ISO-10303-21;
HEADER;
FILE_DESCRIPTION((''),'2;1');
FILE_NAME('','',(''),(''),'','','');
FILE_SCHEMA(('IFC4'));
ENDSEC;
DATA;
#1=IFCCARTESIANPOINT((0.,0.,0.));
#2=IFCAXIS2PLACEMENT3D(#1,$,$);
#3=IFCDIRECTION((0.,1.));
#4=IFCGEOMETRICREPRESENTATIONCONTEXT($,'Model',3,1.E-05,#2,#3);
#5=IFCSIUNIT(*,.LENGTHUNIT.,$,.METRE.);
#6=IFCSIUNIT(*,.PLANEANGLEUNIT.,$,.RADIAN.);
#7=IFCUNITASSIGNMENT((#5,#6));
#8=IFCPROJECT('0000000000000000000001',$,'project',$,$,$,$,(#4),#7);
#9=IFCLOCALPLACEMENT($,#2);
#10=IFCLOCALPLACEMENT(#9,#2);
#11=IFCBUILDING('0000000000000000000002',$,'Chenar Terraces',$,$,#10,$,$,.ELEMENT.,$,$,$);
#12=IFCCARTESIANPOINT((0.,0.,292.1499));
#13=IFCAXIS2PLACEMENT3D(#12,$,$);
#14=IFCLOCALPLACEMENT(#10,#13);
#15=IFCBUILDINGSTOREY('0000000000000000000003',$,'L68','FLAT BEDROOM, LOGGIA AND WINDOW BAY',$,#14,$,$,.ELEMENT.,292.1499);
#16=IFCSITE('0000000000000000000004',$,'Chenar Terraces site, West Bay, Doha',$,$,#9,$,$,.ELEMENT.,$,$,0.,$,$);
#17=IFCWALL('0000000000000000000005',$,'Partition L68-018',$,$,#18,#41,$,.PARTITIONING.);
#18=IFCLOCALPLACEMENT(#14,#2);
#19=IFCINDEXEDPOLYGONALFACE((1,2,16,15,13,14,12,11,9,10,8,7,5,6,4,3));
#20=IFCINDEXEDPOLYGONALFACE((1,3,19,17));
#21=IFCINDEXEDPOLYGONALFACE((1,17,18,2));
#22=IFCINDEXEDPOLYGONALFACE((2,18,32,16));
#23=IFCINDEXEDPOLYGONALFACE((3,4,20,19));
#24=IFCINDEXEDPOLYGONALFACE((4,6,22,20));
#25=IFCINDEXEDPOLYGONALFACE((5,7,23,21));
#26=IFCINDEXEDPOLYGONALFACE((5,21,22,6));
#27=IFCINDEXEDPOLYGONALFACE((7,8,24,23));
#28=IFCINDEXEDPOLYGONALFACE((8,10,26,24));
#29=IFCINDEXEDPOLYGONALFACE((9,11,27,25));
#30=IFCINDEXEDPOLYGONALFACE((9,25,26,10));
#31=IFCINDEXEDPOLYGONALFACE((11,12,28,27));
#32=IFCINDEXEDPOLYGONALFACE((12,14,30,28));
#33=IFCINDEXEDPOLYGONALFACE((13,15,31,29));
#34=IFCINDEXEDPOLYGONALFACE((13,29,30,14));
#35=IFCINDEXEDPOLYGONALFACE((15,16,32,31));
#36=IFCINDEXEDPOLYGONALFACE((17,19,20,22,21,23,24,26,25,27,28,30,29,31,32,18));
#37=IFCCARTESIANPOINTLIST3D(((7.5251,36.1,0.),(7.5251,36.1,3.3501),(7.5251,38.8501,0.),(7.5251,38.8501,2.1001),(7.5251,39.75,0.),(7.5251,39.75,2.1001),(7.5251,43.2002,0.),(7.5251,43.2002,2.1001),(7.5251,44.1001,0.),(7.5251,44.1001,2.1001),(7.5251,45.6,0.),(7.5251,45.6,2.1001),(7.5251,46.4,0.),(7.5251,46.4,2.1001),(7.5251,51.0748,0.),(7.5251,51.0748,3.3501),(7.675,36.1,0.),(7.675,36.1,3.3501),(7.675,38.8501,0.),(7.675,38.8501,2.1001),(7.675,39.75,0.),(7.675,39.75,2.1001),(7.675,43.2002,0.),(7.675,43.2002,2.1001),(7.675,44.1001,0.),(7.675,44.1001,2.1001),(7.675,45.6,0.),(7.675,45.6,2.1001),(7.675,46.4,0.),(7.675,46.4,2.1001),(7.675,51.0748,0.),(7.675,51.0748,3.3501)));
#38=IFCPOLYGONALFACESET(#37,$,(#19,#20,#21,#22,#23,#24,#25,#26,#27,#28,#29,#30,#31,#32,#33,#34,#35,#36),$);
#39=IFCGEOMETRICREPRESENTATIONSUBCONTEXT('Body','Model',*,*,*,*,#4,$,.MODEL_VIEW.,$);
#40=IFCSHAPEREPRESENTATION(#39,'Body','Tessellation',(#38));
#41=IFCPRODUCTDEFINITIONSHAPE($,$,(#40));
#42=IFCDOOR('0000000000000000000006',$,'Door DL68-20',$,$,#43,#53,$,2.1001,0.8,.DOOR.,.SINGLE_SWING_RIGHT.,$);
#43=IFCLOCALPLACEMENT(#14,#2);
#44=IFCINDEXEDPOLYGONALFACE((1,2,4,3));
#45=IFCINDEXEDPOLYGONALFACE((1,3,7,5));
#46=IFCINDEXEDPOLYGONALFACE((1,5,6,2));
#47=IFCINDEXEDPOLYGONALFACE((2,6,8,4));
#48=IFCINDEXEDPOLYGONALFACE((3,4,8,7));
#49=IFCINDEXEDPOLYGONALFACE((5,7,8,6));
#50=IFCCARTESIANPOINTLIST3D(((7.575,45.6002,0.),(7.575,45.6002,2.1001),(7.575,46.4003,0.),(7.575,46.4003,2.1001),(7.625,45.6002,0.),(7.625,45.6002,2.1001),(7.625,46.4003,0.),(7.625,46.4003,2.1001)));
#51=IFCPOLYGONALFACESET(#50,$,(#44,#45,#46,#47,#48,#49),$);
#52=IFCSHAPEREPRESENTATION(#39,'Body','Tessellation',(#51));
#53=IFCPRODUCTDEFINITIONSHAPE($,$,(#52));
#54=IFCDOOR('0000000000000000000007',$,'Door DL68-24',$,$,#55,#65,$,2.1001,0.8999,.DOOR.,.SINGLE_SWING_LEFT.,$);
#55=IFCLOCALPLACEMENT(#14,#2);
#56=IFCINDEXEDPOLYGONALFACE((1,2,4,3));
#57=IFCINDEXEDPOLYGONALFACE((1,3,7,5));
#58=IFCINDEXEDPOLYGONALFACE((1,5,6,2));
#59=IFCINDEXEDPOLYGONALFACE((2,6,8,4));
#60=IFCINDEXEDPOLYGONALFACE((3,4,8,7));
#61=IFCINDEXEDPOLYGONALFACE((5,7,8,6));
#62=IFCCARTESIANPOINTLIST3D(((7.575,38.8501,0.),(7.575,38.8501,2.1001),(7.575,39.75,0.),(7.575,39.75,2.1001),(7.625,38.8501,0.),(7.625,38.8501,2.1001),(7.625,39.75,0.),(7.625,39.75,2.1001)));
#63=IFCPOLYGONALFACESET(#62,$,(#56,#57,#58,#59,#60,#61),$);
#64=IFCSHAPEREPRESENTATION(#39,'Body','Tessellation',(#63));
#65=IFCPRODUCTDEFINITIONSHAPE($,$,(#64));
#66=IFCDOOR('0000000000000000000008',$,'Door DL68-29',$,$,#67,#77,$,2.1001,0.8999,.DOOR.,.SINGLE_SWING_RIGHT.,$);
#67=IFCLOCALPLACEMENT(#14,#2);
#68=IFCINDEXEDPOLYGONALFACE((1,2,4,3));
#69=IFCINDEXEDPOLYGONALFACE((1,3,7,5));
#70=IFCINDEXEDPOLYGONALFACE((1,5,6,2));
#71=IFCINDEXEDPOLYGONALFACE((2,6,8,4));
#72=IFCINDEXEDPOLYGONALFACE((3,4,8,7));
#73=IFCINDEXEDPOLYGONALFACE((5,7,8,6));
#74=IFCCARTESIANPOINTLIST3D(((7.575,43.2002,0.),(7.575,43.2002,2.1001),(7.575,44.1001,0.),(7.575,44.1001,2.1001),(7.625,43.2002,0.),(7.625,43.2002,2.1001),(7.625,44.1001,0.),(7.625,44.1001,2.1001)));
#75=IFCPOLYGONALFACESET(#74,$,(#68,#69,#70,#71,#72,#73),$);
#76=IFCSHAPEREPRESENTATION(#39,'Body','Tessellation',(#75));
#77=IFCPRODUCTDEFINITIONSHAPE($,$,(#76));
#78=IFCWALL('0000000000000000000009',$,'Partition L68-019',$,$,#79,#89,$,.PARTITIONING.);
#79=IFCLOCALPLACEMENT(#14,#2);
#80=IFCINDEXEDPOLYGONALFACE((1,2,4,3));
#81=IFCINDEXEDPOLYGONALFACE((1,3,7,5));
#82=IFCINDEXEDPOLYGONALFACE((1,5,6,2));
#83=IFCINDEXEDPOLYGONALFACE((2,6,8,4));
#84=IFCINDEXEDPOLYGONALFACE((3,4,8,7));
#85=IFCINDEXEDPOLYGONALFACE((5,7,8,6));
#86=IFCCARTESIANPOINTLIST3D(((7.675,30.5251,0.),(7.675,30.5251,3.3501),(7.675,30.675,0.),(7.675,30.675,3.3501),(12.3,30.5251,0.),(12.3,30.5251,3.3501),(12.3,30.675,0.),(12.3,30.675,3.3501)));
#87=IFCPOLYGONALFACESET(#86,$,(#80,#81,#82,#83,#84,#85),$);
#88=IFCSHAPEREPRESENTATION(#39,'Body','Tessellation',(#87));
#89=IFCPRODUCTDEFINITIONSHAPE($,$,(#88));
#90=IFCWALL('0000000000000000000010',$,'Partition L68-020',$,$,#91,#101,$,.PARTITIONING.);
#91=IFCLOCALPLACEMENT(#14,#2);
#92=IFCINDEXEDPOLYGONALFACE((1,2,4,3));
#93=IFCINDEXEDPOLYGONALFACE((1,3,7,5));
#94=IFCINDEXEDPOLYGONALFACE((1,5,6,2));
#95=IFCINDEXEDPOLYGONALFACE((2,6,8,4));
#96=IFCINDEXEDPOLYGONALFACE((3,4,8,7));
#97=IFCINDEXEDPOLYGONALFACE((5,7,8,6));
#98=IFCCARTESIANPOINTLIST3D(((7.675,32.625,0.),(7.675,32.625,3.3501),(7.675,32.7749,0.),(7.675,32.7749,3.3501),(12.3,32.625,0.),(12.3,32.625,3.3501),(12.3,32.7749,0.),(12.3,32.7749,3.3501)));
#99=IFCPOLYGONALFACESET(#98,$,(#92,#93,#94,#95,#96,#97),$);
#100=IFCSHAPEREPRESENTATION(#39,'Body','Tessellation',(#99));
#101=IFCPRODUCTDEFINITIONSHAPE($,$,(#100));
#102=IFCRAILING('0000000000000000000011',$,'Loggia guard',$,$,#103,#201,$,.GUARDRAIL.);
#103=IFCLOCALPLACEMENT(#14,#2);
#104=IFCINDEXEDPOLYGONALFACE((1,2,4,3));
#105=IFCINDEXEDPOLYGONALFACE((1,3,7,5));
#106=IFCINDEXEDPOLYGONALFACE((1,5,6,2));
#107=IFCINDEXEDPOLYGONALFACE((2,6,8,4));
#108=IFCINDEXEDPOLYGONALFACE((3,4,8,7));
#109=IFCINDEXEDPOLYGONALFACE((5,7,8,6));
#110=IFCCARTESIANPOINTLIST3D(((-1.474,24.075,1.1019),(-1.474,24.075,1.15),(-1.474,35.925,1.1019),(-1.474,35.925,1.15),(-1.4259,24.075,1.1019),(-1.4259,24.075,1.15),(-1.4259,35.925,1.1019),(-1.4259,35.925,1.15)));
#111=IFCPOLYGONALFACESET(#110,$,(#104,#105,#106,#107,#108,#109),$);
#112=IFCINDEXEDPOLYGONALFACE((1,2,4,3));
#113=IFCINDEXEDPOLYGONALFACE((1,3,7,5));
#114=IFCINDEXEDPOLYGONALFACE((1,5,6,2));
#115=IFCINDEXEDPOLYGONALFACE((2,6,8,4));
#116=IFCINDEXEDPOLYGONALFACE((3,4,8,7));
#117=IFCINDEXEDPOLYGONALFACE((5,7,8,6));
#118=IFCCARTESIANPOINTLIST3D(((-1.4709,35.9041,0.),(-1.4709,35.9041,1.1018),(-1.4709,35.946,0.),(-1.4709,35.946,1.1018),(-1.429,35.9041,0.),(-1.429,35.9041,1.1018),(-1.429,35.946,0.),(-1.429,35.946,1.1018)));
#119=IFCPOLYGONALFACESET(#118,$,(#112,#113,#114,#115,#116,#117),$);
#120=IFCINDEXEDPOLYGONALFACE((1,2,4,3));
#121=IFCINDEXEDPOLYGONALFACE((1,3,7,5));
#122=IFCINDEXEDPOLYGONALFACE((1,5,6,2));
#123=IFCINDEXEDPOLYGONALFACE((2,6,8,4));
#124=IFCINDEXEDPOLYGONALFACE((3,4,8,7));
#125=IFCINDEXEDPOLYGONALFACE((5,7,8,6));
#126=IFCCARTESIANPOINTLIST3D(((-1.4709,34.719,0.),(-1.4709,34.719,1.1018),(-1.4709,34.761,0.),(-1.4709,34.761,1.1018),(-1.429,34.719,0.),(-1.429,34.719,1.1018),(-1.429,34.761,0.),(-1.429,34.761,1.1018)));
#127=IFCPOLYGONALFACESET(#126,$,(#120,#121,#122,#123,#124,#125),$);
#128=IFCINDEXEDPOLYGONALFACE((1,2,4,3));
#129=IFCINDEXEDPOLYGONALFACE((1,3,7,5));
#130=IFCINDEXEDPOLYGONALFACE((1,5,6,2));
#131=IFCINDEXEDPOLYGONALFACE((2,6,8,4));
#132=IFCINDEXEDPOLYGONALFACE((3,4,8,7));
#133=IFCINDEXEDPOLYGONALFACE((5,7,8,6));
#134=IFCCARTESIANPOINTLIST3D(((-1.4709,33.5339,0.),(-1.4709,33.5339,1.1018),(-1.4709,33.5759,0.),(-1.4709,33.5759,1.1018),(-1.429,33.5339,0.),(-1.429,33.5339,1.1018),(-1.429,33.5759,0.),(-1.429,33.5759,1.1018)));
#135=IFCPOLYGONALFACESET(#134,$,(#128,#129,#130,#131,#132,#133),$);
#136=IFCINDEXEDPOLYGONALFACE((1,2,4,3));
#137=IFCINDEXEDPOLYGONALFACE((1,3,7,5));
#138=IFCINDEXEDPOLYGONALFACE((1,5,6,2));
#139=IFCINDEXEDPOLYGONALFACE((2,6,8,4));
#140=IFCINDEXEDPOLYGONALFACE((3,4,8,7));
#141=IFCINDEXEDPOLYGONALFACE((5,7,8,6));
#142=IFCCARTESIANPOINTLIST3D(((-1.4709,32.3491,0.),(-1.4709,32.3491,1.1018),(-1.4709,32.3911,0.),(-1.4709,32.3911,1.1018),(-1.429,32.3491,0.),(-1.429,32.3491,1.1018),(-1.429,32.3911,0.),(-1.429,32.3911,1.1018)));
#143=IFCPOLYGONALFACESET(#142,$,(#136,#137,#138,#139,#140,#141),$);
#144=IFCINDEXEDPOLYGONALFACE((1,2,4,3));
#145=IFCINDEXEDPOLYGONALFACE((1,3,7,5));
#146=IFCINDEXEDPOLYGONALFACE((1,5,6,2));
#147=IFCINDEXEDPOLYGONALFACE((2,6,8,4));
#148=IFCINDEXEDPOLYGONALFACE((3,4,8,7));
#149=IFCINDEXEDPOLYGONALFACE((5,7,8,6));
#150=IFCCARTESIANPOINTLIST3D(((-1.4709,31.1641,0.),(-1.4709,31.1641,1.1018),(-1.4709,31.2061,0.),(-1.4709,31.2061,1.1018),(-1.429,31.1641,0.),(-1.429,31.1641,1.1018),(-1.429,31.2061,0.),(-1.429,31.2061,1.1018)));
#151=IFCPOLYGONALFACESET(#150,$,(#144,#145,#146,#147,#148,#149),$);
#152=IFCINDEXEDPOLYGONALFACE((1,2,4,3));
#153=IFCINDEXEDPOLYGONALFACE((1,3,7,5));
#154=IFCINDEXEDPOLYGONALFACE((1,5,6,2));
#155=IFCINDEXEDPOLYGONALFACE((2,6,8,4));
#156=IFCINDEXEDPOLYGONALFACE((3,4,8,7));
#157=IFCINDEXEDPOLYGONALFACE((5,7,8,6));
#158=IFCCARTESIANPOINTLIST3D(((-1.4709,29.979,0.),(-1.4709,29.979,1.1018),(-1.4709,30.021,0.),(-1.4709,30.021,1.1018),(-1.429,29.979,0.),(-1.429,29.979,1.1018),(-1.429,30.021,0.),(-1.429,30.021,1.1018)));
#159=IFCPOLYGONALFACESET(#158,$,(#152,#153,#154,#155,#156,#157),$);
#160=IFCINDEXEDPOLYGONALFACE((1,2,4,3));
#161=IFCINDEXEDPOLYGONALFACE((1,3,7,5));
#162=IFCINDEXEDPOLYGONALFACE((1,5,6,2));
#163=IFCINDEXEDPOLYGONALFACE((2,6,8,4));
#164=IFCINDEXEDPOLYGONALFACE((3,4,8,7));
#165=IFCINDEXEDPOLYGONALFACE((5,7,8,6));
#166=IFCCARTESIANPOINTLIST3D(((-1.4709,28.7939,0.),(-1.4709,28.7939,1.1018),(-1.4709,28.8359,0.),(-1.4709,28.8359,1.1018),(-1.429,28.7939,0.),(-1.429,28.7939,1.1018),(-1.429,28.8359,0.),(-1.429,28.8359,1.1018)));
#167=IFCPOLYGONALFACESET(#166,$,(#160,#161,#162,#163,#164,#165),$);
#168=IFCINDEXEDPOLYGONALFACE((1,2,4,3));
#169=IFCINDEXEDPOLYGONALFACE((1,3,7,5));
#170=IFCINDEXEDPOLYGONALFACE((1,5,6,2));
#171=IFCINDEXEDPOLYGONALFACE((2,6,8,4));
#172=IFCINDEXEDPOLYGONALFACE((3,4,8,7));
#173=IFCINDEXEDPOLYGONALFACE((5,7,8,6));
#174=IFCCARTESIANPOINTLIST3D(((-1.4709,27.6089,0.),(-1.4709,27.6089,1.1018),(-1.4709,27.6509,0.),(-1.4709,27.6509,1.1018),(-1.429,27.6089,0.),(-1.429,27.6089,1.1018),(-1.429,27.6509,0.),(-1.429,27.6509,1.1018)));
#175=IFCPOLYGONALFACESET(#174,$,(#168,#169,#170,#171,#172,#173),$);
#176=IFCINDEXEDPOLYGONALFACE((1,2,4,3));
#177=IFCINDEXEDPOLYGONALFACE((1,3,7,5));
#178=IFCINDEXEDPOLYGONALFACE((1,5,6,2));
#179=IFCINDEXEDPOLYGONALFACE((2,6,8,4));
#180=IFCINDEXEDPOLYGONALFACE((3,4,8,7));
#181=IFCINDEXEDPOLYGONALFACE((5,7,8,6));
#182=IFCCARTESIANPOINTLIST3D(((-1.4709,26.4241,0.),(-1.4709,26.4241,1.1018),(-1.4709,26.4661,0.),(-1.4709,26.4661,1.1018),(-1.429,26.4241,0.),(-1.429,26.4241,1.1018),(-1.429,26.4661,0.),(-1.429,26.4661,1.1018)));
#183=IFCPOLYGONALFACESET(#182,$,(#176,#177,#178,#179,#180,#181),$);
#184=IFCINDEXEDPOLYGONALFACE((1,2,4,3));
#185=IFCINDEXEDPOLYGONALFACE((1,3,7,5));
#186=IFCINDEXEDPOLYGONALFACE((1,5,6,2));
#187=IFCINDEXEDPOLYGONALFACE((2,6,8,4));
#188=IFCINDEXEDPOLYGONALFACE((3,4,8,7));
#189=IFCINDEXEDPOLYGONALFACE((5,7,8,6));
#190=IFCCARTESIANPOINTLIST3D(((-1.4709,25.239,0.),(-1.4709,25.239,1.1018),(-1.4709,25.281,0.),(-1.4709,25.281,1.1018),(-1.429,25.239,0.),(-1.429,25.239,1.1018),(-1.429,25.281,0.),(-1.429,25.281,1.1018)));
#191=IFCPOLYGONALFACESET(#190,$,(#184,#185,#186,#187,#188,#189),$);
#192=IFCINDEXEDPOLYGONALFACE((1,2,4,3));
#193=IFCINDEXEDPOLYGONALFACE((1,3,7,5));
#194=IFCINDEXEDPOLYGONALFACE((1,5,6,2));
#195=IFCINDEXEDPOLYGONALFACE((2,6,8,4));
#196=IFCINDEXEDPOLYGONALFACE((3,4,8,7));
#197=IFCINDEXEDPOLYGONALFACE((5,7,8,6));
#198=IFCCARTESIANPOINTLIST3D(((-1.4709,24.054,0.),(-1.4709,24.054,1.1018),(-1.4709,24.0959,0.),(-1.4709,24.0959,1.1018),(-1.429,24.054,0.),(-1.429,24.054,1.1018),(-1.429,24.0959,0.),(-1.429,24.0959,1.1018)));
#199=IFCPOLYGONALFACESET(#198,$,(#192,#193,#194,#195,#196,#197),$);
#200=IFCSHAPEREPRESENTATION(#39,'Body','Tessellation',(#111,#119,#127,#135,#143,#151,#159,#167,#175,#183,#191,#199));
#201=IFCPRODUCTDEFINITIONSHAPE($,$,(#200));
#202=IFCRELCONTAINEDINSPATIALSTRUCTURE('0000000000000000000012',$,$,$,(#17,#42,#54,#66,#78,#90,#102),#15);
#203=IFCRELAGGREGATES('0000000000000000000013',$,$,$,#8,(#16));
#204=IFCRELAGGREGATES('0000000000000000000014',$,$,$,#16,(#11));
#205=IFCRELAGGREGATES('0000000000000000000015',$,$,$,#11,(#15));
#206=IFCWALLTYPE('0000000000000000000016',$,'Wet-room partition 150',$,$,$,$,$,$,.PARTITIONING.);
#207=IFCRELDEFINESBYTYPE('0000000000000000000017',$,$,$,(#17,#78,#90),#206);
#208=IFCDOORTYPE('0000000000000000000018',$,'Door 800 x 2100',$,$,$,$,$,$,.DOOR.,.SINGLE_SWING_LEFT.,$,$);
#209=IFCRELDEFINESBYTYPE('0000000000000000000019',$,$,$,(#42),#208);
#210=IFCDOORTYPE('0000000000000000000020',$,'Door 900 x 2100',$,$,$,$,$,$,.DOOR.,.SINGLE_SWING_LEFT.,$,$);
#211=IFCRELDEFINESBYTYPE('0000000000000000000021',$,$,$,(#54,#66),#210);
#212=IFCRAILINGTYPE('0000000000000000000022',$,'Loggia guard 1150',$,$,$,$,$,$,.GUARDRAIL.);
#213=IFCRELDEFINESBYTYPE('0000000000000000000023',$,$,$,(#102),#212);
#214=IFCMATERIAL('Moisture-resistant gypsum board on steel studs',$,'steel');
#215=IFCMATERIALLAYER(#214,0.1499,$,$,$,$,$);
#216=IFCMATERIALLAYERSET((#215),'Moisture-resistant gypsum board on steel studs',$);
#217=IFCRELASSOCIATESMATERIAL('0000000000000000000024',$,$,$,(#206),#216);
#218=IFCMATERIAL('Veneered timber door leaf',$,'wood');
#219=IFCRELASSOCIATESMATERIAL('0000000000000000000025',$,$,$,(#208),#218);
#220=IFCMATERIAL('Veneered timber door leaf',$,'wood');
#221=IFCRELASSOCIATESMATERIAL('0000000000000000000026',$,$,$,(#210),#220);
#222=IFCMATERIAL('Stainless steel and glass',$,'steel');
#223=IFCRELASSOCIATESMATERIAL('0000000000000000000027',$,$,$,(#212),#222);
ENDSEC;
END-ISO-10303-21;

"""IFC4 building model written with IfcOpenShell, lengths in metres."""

from ifc_helpers import new_model, si_unit, direction, frame, frame_2d, origin, origin_2d, place, context, subcontext, project, spatial, rectangle, extrude, material, layer, layer_set, type_object, element, fill, save


model = new_model("IFC4")

# Units and contexts
model_context = context("Model", 3, precision=1e-05, world=origin(), true_north=direction((0.0, 1.0)))
body_context = subcontext(model_context, "Body", "Model", "MODEL_VIEW")
ifc_project = project(units=[si_unit("LENGTHUNIT", "METRE"), si_unit("PLANEANGLEUNIT", "RADIAN")], contexts=[model_context])

# Site, building, storey
site_placement = place(None, origin())
site = spatial("IfcSite", under=ifc_project, at=site_placement, Name="Chenar Terraces site, West Bay, Doha", CompositionType="ELEMENT", RefElevation=0.0)
building_placement = place(site_placement, origin())
building = spatial("IfcBuilding", under=site, at=building_placement, Name="Chenar Terraces", CompositionType="ELEMENT")
storey_placement = place(building_placement, frame((0.0, 0.0, 292.1499)))
storey = spatial("IfcBuildingStorey", under=building, at=storey_placement, Name="L68", Description="FLAT BEDROOM, LOGGIA AND WINDOW BAY", CompositionType="ELEMENT", Elevation=292.1499)

# Shared definitions
ifc_material_1 = material(Name="Moisture-resistant gypsum board on steel studs", Category="steel")
ifc_layer_1 = layer(ifc_material_1, 0.1499)
ifc_layer_set_1 = layer_set([ifc_layer_1], Name="Moisture-resistant gypsum board on steel studs")
wall_type_1 = type_object("IfcWallType", Name="Wet-room partition 150", PredefinedType="PARTITIONING", material=ifc_layer_set_1)

# Shared definitions
ifc_material_2 = material(Name="Veneered timber door leaf", Category="wood")
door_type_1 = type_object("IfcDoorType", Name="Door 800 x 2100", OperationType="SINGLE_SWING_LEFT", PredefinedType="DOOR", material=ifc_material_2)

# Shared definitions
ifc_material_3 = material(Name="Veneered timber door leaf", Category="wood")
door_type_2 = type_object("IfcDoorType", Name="Door 900 x 2100", OperationType="SINGLE_SWING_LEFT", PredefinedType="DOOR", material=ifc_material_3)

# Wall, openings, doors
wall_1_placement = place(storey_placement, frame((7.6001, 36.1001, 0.0), z_axis=(0.0, 0.0, 1.0), x_axis=(0.0, 1.0, 0.0)))
wall_1 = element("IfcWall", 1, at=wall_1_placement, inside=storey, type_object=wall_type_1, Name="Partition L68-018", PredefinedType="PARTITIONING", context=body_context, shape_type="SweptSolid", body=[
    extrude(rectangle(XDim=14.9749, YDim=0.1499, at=frame_2d((7.4873, 0.0))), origin(), (0.0, 0.0, 1.0), 3.3501),
])
opening_1_placement = place(wall_1_placement, frame((9.5, 0.0, 0.0)))
opening_1 = element("IfcOpeningElement", 2, at=opening_1_placement, cuts=wall_1, PredefinedType="OPENING", context=body_context, shape_type="SweptSolid", body=[
    extrude(rectangle(XDim=0.8, YDim=2.1001, at=frame_2d((0.3999, 1.05))), frame((0.0, 0.085, 0.0), z_axis=(0.0, -1.0, 0.0), x_axis=(1.0, 0.0, 0.0)), (0.0, 0.0, 1.0), 0.1699),
])
opening_2_placement = place(wall_1_placement, frame((2.75, 0.0, 0.0)))
opening_2 = element("IfcOpeningElement", 3, at=opening_2_placement, cuts=wall_1, PredefinedType="OPENING", context=body_context, shape_type="SweptSolid", body=[
    extrude(rectangle(XDim=0.8999, YDim=2.1001, at=frame_2d((0.45, 1.05))), frame((0.0, 0.085, 0.0), z_axis=(0.0, -1.0, 0.0), x_axis=(1.0, 0.0, 0.0)), (0.0, 0.0, 1.0), 0.1699),
])
opening_3_placement = place(wall_1_placement, frame((7.1001, 0.0, 0.0)))
opening_3 = element("IfcOpeningElement", 4, at=opening_3_placement, cuts=wall_1, PredefinedType="OPENING", context=body_context, shape_type="SweptSolid", body=[
    extrude(rectangle(XDim=0.8999, YDim=2.1001, at=frame_2d((0.45, 1.05))), frame((0.0, 0.085, 0.0), z_axis=(0.0, -1.0, 0.0), x_axis=(1.0, 0.0, 0.0)), (0.0, 0.0, 1.0), 0.1699),
])
door_1_placement = place(opening_1_placement, frame((0.8, 0.0, 0.0), z_axis=(0.0, 0.0, 1.0), x_axis=(-1.0, 0.0, 0.0)))
door_1 = element("IfcDoor", 5, at=door_1_placement, inside=storey, type_object=door_type_1, Name="Door DL68-20", OperationType="SINGLE_SWING_RIGHT", OverallHeight=2.1001, OverallWidth=0.8, PredefinedType="DOOR", context=body_context, shape_type="SweptSolid", body=[
    extrude(rectangle(XDim=0.8, YDim=2.1001, at=frame_2d((0.3999, 1.05))), frame((0.0, 0.0249, 0.0), z_axis=(0.0, -1.0, 0.0), x_axis=(1.0, 0.0, 0.0)), (0.0, 0.0, 1.0), 0.05),
])
fill(opening_1, door_1)
door_2_placement = place(opening_2_placement, frame((0.8999, 0.0, 0.0), z_axis=(0.0, 0.0, 1.0), x_axis=(-1.0, 0.0, 0.0)))
door_2 = element("IfcDoor", 6, at=door_2_placement, inside=storey, type_object=door_type_2, Name="Door DL68-24", OperationType="SINGLE_SWING_LEFT", OverallHeight=2.1001, OverallWidth=0.8999, PredefinedType="DOOR", context=body_context, shape_type="SweptSolid", body=[
    extrude(rectangle(XDim=0.8999, YDim=2.1001, at=frame_2d((0.45, 1.05))), frame((0.0, 0.0249, 0.0), z_axis=(0.0, -1.0, 0.0), x_axis=(1.0, 0.0, 0.0)), (0.0, 0.0, 1.0), 0.05),
])
fill(opening_2, door_2)
door_3_placement = place(opening_3_placement, frame((0.8999, 0.0, 0.0), z_axis=(0.0, 0.0, 1.0), x_axis=(-1.0, 0.0, 0.0)))
door_3 = element("IfcDoor", 7, at=door_3_placement, inside=storey, type_object=door_type_2, Name="Door DL68-29", OperationType="SINGLE_SWING_RIGHT", OverallHeight=2.1001, OverallWidth=0.8999, PredefinedType="DOOR", context=body_context, shape_type="SweptSolid", body=[
    extrude(rectangle(XDim=0.8999, YDim=2.1001, at=frame_2d((0.45, 1.05))), frame((0.0, 0.0249, 0.0), z_axis=(0.0, -1.0, 0.0), x_axis=(1.0, 0.0, 0.0)), (0.0, 0.0, 1.0), 0.05),
])
fill(opening_3, door_3)

# Walls
for number, where, z_axis, x_axis, name in (
    (8, (7.675, 30.6001, 0.0), (0.0, 0.0, 1.0), (1.0, 0.0, 0.0), "Partition L68-019"),
    (9, (7.675, 32.7, 0.0), (0.0, 0.0, 1.0), (1.0, 0.0, 0.0), "Partition L68-020"),
):
    element("IfcWall", number, at=place(storey_placement, frame(where, z_axis=z_axis, x_axis=x_axis)), inside=storey, type_object=wall_type_1, Name=name, PredefinedType="PARTITIONING", context=body_context, shape_type="SweptSolid", body=[
        extrude(rectangle(XDim=4.625, YDim=0.1499, at=frame_2d((2.3125, 0.0))), origin(), (0.0, 0.0, 1.0), 3.3501),
    ])

# Railing
ifc_material_4 = material(Name="Stainless steel and glass", Category="steel")
railing_type = type_object("IfcRailingType", Name="Loggia guard 1150", PredefinedType="GUARDRAIL", material=ifc_material_4)
railing_placement = place(storey_placement, frame((-1.45, 35.925, 0.0)))
element("IfcRailing", 10, at=railing_placement, inside=storey, type_object=railing_type, Name="Loggia guard", PredefinedType="GUARDRAIL", context=body_context, shape_type="SweptSolid", body=[
    extrude(rectangle(XDim=0.0481, YDim=0.0481, at=origin_2d()), frame((0.0, 0.0, 1.126), z_axis=(0.0, -1.0, 0.0), x_axis=(1.0, 0.0, 0.0)), (0.0, 0.0, 1.0), 11.8501),
    extrude(rectangle(XDim=0.042, YDim=0.042, at=origin_2d()), origin(), (0.0, 0.0, 1.0), 1.1018),
    extrude(rectangle(XDim=0.042, YDim=0.042, at=origin_2d()), frame((0.0, -1.1851, 0.0)), (0.0, 0.0, 1.0), 1.1018),
    extrude(rectangle(XDim=0.042, YDim=0.042, at=origin_2d()), frame((0.0, -2.3701, 0.0)), (0.0, 0.0, 1.0), 1.1018),
    extrude(rectangle(XDim=0.042, YDim=0.042, at=origin_2d()), frame((0.0, -3.5549, 0.0)), (0.0, 0.0, 1.0), 1.1018),
    extrude(rectangle(XDim=0.042, YDim=0.042, at=origin_2d()), frame((0.0, -4.74, 0.0)), (0.0, 0.0, 1.0), 1.1018),
    extrude(rectangle(XDim=0.042, YDim=0.042, at=origin_2d()), frame((0.0, -5.925, 0.0)), (0.0, 0.0, 1.0), 1.1018),
    extrude(rectangle(XDim=0.042, YDim=0.042, at=origin_2d()), frame((0.0, -7.1101, 0.0)), (0.0, 0.0, 1.0), 1.1018),
    extrude(rectangle(XDim=0.042, YDim=0.042, at=origin_2d()), frame((0.0, -8.2952, 0.0)), (0.0, 0.0, 1.0), 1.1018),
    extrude(rectangle(XDim=0.042, YDim=0.042, at=origin_2d()), frame((0.0, -9.48, 0.0)), (0.0, 0.0, 1.0), 1.1018),
    extrude(rectangle(XDim=0.042, YDim=0.042, at=origin_2d()), frame((0.0, -10.665, 0.0)), (0.0, 0.0, 1.0), 1.1018),
    extrude(rectangle(XDim=0.042, YDim=0.042, at=origin_2d()), frame((0.0, -11.8501, 0.0)), (0.0, 0.0, 1.0), 1.1018),
])

save(model, "model.ifc")
